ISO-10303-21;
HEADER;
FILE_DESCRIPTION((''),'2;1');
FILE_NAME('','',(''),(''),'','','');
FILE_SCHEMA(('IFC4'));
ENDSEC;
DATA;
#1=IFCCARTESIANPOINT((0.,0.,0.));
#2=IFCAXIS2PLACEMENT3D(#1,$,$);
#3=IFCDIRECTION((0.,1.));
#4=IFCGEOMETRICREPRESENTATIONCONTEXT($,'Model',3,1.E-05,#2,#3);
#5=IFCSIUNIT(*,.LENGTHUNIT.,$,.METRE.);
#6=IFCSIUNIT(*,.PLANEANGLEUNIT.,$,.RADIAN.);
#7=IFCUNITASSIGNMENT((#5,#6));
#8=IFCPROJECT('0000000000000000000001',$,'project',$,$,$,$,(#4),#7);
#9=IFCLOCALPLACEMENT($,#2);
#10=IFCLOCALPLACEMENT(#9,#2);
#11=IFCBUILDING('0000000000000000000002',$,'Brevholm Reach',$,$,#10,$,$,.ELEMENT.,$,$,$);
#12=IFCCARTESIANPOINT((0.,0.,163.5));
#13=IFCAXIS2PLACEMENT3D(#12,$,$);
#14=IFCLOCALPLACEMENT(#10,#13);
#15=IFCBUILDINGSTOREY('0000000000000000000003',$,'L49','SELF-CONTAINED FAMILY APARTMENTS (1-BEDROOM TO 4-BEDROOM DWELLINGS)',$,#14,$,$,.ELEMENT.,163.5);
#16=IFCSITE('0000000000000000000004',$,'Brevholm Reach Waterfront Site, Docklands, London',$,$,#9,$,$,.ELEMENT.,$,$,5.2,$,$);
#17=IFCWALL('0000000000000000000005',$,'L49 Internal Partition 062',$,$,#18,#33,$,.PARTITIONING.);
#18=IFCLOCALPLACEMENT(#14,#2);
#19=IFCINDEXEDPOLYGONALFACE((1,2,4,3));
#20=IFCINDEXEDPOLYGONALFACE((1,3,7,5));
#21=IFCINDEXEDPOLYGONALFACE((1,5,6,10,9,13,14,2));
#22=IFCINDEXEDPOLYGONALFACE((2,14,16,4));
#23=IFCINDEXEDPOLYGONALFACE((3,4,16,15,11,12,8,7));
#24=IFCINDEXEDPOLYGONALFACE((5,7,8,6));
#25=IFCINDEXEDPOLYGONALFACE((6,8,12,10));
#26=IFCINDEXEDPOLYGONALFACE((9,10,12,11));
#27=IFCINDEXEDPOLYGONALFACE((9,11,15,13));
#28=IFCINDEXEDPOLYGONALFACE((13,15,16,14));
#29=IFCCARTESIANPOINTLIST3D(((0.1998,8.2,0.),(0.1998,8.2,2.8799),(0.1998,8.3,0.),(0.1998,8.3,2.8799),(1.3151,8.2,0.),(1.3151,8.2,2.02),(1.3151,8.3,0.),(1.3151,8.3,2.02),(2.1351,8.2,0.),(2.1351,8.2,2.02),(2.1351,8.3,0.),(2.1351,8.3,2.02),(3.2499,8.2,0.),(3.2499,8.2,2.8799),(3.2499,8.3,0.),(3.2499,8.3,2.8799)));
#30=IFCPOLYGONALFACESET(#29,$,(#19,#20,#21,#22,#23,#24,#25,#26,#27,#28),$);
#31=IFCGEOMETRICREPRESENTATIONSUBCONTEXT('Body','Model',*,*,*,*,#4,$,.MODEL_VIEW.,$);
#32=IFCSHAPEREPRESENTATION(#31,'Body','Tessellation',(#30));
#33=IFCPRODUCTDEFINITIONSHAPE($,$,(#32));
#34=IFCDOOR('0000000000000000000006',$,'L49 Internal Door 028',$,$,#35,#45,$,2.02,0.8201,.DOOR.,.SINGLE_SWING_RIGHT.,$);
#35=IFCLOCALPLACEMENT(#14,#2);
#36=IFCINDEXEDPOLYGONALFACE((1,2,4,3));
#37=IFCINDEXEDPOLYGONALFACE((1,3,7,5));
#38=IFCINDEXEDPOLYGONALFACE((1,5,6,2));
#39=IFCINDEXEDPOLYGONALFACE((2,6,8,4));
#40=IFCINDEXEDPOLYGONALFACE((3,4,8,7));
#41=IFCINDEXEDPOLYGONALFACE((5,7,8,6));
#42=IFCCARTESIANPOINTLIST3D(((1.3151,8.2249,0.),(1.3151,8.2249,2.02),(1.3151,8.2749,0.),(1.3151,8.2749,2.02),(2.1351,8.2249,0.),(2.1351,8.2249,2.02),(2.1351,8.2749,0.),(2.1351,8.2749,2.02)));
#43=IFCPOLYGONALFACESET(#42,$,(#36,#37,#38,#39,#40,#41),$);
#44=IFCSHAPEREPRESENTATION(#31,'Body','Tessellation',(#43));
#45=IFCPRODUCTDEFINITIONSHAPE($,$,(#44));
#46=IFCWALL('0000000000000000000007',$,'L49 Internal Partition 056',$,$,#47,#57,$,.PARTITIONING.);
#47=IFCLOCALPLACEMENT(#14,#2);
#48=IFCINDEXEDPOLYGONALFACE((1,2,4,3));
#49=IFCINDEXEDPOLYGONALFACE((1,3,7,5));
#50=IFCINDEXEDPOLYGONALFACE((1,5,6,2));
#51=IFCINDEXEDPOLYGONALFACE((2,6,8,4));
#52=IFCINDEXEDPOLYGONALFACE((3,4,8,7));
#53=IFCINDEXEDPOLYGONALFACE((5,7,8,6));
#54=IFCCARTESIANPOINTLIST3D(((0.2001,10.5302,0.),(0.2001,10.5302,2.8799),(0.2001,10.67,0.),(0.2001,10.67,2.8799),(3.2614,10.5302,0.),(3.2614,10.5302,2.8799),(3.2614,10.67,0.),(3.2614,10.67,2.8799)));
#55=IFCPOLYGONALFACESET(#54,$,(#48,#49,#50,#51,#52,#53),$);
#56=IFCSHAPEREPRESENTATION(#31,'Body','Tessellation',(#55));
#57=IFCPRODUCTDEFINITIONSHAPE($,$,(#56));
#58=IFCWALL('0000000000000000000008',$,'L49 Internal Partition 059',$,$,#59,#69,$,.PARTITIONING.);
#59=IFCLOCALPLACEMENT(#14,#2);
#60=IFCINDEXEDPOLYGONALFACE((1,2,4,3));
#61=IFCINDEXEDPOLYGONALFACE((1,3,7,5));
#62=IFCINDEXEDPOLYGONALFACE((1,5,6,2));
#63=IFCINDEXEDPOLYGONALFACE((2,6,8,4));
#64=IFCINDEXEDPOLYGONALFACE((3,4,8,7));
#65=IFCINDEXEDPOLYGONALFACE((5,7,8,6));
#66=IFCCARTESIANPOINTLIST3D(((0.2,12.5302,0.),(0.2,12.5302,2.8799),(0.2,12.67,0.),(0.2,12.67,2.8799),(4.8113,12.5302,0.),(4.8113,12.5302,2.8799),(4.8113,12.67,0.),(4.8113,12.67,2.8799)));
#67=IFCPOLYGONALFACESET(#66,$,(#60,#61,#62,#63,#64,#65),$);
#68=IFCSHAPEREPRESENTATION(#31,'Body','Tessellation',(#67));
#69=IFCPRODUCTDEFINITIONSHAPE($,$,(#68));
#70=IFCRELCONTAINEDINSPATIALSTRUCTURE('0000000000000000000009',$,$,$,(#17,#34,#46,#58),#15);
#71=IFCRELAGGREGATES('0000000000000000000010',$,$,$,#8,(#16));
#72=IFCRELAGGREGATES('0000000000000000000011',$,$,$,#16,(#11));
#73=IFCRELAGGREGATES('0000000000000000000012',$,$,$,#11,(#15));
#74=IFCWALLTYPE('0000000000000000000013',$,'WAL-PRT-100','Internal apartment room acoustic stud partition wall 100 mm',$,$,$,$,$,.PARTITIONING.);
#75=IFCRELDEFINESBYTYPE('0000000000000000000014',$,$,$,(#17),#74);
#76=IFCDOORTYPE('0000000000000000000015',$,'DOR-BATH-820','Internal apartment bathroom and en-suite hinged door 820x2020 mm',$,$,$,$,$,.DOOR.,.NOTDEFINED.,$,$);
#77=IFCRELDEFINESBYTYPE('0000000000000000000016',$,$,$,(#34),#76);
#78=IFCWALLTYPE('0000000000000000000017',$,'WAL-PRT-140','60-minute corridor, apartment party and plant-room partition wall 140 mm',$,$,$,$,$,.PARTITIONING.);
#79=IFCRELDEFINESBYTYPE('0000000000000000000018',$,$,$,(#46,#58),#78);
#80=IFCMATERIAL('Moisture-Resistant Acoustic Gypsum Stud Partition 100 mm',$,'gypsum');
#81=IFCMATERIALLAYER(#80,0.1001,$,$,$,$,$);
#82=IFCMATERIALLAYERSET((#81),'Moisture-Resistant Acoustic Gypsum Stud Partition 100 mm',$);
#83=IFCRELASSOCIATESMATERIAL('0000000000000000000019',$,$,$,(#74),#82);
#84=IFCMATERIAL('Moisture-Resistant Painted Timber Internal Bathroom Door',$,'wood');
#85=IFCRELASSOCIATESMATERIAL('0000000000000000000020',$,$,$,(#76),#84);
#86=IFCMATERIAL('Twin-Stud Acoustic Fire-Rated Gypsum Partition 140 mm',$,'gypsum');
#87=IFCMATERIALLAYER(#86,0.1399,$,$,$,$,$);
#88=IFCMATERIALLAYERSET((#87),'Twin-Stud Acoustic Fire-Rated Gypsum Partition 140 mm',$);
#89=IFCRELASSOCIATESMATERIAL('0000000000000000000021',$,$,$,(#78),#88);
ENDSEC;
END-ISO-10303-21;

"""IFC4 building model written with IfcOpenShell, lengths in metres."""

from ifc_helpers import new_model, si_unit, direction, frame, frame_2d, origin, place, context, subcontext, project, spatial, rectangle, extrude, material, layer, layer_set, type_object, element, fill, save


model = new_model("IFC4")

# Units and contexts
model_context = context("Model", 3, precision=1e-05, world=origin(), true_north=direction((0.0, 1.0)))
body_context = subcontext(model_context, "Body", "Model", "MODEL_VIEW")
ifc_project = project(units=[si_unit("LENGTHUNIT", "METRE"), si_unit("PLANEANGLEUNIT", "RADIAN")], contexts=[model_context])

# Site, building, storey
site_placement = place(None, origin())
site = spatial("IfcSite", under=ifc_project, at=site_placement, Name="Brevholm Reach Waterfront Site, Docklands, London", CompositionType="ELEMENT", RefElevation=5.2)
building_placement = place(site_placement, origin())
building = spatial("IfcBuilding", under=site, at=building_placement, Name="Brevholm Reach", CompositionType="ELEMENT")
storey_placement = place(building_placement, frame((0.0, 0.0, 163.5)))
storey = spatial("IfcBuildingStorey", under=building, at=storey_placement, Name="L49", Description="SELF-CONTAINED FAMILY APARTMENTS (1-BEDROOM TO 4-BEDROOM DWELLINGS)", CompositionType="ELEMENT", Elevation=163.5)

# Wall, opening, door
ifc_material_1 = material(Name="Moisture-Resistant Acoustic Gypsum Stud Partition 100 mm", Category="gypsum")
ifc_layer_1 = layer(ifc_material_1, 0.1001)
ifc_layer_set_1 = layer_set([ifc_layer_1], Name="Moisture-Resistant Acoustic Gypsum Stud Partition 100 mm")
wall_type_1 = type_object("IfcWallType", Name="WAL-PRT-100", Description="Internal apartment room acoustic stud partition wall 100 mm", PredefinedType="PARTITIONING", material=ifc_layer_set_1)
wall_1_placement = place(storey_placement, frame((0.2, 8.25, 0.0), z_axis=(0.0, 0.0, 1.0), x_axis=(1.0, 0.0, 0.0)))
wall_1 = element("IfcWall", 1, at=wall_1_placement, inside=storey, type_object=wall_type_1, Name="L49 Internal Partition 062", PredefinedType="PARTITIONING", context=body_context, shape_type="SweptSolid", body=[
    extrude(rectangle(XDim=3.05, YDim=0.1001, at=frame_2d((1.5249, 0.0))), origin(), (0.0, 0.0, 1.0), 2.8799),
])
opening_1_placement = place(wall_1_placement, frame((1.115, 0.0, 0.0)))
opening_1 = element("IfcOpeningElement", 2, at=opening_1_placement, cuts=wall_1, PredefinedType="OPENING", context=body_context, shape_type="SweptSolid", body=[
    extrude(rectangle(XDim=0.8201, YDim=2.02, at=frame_2d((0.4102, 1.01))), frame((0.0, 0.0601, 0.0), z_axis=(0.0, -1.0, 0.0), x_axis=(1.0, 0.0, 0.0)), (0.0, 0.0, 1.0), 0.1201),
])
ifc_material_2 = material(Name="Moisture-Resistant Painted Timber Internal Bathroom Door", Category="wood")
door_type = type_object("IfcDoorType", Name="DOR-BATH-820", Description="Internal apartment bathroom and en-suite hinged door 820x2020 mm", OperationType="NOTDEFINED", PredefinedType="DOOR", material=ifc_material_2)
door_placement = place(opening_1_placement, origin())
door = element("IfcDoor", 3, at=door_placement, inside=storey, type_object=door_type, Name="L49 Internal Door 028", OperationType="SINGLE_SWING_RIGHT", OverallHeight=2.02, OverallWidth=0.8201, PredefinedType="DOOR", context=body_context, shape_type="SweptSolid", body=[
    extrude(rectangle(XDim=0.8201, YDim=2.02, at=frame_2d((0.4102, 1.01))), frame((0.0, 0.0249, 0.0), z_axis=(0.0, -1.0, 0.0), x_axis=(1.0, 0.0, 0.0)), (0.0, 0.0, 1.0), 0.05),
])
fill(opening_1, door)

# Walls
ifc_material_3 = material(Name="Twin-Stud Acoustic Fire-Rated Gypsum Partition 140 mm", Category="gypsum")
ifc_layer_2 = layer(ifc_material_3, 0.1399)
ifc_layer_set_2 = layer_set([ifc_layer_2], Name="Twin-Stud Acoustic Fire-Rated Gypsum Partition 140 mm")
wall_type_2 = type_object("IfcWallType", Name="WAL-PRT-140", Description="60-minute corridor, apartment party and plant-room partition wall 140 mm", PredefinedType="PARTITIONING", material=ifc_layer_set_2)
wall_2_placement = place(storey_placement, frame((0.2, 10.6001, 0.0), z_axis=(0.0, 0.0, 1.0), x_axis=(1.0, 0.0, 0.0)))
element("IfcWall", 4, at=wall_2_placement, inside=storey, type_object=wall_type_2, Name="L49 Internal Partition 056", PredefinedType="PARTITIONING", context=body_context, shape_type="SweptSolid", body=[
    extrude(rectangle(XDim=3.0613, YDim=0.1399, at=frame_2d((1.5308, 0.0))), origin(), (0.0, 0.0, 1.0), 2.8799),
])
wall_3_placement = place(storey_placement, frame((0.2, 12.6001, 0.0), z_axis=(0.0, 0.0, 1.0), x_axis=(1.0, 0.0, 0.0)))
element("IfcWall", 5, at=wall_3_placement, inside=storey, type_object=wall_type_2, Name="L49 Internal Partition 059", PredefinedType="PARTITIONING", context=body_context, shape_type="SweptSolid", body=[
    extrude(rectangle(XDim=4.6113, YDim=0.1399, at=frame_2d((2.3057, 0.0))), origin(), (0.0, 0.0, 1.0), 2.8799),
])

save(model, "model.ifc")
